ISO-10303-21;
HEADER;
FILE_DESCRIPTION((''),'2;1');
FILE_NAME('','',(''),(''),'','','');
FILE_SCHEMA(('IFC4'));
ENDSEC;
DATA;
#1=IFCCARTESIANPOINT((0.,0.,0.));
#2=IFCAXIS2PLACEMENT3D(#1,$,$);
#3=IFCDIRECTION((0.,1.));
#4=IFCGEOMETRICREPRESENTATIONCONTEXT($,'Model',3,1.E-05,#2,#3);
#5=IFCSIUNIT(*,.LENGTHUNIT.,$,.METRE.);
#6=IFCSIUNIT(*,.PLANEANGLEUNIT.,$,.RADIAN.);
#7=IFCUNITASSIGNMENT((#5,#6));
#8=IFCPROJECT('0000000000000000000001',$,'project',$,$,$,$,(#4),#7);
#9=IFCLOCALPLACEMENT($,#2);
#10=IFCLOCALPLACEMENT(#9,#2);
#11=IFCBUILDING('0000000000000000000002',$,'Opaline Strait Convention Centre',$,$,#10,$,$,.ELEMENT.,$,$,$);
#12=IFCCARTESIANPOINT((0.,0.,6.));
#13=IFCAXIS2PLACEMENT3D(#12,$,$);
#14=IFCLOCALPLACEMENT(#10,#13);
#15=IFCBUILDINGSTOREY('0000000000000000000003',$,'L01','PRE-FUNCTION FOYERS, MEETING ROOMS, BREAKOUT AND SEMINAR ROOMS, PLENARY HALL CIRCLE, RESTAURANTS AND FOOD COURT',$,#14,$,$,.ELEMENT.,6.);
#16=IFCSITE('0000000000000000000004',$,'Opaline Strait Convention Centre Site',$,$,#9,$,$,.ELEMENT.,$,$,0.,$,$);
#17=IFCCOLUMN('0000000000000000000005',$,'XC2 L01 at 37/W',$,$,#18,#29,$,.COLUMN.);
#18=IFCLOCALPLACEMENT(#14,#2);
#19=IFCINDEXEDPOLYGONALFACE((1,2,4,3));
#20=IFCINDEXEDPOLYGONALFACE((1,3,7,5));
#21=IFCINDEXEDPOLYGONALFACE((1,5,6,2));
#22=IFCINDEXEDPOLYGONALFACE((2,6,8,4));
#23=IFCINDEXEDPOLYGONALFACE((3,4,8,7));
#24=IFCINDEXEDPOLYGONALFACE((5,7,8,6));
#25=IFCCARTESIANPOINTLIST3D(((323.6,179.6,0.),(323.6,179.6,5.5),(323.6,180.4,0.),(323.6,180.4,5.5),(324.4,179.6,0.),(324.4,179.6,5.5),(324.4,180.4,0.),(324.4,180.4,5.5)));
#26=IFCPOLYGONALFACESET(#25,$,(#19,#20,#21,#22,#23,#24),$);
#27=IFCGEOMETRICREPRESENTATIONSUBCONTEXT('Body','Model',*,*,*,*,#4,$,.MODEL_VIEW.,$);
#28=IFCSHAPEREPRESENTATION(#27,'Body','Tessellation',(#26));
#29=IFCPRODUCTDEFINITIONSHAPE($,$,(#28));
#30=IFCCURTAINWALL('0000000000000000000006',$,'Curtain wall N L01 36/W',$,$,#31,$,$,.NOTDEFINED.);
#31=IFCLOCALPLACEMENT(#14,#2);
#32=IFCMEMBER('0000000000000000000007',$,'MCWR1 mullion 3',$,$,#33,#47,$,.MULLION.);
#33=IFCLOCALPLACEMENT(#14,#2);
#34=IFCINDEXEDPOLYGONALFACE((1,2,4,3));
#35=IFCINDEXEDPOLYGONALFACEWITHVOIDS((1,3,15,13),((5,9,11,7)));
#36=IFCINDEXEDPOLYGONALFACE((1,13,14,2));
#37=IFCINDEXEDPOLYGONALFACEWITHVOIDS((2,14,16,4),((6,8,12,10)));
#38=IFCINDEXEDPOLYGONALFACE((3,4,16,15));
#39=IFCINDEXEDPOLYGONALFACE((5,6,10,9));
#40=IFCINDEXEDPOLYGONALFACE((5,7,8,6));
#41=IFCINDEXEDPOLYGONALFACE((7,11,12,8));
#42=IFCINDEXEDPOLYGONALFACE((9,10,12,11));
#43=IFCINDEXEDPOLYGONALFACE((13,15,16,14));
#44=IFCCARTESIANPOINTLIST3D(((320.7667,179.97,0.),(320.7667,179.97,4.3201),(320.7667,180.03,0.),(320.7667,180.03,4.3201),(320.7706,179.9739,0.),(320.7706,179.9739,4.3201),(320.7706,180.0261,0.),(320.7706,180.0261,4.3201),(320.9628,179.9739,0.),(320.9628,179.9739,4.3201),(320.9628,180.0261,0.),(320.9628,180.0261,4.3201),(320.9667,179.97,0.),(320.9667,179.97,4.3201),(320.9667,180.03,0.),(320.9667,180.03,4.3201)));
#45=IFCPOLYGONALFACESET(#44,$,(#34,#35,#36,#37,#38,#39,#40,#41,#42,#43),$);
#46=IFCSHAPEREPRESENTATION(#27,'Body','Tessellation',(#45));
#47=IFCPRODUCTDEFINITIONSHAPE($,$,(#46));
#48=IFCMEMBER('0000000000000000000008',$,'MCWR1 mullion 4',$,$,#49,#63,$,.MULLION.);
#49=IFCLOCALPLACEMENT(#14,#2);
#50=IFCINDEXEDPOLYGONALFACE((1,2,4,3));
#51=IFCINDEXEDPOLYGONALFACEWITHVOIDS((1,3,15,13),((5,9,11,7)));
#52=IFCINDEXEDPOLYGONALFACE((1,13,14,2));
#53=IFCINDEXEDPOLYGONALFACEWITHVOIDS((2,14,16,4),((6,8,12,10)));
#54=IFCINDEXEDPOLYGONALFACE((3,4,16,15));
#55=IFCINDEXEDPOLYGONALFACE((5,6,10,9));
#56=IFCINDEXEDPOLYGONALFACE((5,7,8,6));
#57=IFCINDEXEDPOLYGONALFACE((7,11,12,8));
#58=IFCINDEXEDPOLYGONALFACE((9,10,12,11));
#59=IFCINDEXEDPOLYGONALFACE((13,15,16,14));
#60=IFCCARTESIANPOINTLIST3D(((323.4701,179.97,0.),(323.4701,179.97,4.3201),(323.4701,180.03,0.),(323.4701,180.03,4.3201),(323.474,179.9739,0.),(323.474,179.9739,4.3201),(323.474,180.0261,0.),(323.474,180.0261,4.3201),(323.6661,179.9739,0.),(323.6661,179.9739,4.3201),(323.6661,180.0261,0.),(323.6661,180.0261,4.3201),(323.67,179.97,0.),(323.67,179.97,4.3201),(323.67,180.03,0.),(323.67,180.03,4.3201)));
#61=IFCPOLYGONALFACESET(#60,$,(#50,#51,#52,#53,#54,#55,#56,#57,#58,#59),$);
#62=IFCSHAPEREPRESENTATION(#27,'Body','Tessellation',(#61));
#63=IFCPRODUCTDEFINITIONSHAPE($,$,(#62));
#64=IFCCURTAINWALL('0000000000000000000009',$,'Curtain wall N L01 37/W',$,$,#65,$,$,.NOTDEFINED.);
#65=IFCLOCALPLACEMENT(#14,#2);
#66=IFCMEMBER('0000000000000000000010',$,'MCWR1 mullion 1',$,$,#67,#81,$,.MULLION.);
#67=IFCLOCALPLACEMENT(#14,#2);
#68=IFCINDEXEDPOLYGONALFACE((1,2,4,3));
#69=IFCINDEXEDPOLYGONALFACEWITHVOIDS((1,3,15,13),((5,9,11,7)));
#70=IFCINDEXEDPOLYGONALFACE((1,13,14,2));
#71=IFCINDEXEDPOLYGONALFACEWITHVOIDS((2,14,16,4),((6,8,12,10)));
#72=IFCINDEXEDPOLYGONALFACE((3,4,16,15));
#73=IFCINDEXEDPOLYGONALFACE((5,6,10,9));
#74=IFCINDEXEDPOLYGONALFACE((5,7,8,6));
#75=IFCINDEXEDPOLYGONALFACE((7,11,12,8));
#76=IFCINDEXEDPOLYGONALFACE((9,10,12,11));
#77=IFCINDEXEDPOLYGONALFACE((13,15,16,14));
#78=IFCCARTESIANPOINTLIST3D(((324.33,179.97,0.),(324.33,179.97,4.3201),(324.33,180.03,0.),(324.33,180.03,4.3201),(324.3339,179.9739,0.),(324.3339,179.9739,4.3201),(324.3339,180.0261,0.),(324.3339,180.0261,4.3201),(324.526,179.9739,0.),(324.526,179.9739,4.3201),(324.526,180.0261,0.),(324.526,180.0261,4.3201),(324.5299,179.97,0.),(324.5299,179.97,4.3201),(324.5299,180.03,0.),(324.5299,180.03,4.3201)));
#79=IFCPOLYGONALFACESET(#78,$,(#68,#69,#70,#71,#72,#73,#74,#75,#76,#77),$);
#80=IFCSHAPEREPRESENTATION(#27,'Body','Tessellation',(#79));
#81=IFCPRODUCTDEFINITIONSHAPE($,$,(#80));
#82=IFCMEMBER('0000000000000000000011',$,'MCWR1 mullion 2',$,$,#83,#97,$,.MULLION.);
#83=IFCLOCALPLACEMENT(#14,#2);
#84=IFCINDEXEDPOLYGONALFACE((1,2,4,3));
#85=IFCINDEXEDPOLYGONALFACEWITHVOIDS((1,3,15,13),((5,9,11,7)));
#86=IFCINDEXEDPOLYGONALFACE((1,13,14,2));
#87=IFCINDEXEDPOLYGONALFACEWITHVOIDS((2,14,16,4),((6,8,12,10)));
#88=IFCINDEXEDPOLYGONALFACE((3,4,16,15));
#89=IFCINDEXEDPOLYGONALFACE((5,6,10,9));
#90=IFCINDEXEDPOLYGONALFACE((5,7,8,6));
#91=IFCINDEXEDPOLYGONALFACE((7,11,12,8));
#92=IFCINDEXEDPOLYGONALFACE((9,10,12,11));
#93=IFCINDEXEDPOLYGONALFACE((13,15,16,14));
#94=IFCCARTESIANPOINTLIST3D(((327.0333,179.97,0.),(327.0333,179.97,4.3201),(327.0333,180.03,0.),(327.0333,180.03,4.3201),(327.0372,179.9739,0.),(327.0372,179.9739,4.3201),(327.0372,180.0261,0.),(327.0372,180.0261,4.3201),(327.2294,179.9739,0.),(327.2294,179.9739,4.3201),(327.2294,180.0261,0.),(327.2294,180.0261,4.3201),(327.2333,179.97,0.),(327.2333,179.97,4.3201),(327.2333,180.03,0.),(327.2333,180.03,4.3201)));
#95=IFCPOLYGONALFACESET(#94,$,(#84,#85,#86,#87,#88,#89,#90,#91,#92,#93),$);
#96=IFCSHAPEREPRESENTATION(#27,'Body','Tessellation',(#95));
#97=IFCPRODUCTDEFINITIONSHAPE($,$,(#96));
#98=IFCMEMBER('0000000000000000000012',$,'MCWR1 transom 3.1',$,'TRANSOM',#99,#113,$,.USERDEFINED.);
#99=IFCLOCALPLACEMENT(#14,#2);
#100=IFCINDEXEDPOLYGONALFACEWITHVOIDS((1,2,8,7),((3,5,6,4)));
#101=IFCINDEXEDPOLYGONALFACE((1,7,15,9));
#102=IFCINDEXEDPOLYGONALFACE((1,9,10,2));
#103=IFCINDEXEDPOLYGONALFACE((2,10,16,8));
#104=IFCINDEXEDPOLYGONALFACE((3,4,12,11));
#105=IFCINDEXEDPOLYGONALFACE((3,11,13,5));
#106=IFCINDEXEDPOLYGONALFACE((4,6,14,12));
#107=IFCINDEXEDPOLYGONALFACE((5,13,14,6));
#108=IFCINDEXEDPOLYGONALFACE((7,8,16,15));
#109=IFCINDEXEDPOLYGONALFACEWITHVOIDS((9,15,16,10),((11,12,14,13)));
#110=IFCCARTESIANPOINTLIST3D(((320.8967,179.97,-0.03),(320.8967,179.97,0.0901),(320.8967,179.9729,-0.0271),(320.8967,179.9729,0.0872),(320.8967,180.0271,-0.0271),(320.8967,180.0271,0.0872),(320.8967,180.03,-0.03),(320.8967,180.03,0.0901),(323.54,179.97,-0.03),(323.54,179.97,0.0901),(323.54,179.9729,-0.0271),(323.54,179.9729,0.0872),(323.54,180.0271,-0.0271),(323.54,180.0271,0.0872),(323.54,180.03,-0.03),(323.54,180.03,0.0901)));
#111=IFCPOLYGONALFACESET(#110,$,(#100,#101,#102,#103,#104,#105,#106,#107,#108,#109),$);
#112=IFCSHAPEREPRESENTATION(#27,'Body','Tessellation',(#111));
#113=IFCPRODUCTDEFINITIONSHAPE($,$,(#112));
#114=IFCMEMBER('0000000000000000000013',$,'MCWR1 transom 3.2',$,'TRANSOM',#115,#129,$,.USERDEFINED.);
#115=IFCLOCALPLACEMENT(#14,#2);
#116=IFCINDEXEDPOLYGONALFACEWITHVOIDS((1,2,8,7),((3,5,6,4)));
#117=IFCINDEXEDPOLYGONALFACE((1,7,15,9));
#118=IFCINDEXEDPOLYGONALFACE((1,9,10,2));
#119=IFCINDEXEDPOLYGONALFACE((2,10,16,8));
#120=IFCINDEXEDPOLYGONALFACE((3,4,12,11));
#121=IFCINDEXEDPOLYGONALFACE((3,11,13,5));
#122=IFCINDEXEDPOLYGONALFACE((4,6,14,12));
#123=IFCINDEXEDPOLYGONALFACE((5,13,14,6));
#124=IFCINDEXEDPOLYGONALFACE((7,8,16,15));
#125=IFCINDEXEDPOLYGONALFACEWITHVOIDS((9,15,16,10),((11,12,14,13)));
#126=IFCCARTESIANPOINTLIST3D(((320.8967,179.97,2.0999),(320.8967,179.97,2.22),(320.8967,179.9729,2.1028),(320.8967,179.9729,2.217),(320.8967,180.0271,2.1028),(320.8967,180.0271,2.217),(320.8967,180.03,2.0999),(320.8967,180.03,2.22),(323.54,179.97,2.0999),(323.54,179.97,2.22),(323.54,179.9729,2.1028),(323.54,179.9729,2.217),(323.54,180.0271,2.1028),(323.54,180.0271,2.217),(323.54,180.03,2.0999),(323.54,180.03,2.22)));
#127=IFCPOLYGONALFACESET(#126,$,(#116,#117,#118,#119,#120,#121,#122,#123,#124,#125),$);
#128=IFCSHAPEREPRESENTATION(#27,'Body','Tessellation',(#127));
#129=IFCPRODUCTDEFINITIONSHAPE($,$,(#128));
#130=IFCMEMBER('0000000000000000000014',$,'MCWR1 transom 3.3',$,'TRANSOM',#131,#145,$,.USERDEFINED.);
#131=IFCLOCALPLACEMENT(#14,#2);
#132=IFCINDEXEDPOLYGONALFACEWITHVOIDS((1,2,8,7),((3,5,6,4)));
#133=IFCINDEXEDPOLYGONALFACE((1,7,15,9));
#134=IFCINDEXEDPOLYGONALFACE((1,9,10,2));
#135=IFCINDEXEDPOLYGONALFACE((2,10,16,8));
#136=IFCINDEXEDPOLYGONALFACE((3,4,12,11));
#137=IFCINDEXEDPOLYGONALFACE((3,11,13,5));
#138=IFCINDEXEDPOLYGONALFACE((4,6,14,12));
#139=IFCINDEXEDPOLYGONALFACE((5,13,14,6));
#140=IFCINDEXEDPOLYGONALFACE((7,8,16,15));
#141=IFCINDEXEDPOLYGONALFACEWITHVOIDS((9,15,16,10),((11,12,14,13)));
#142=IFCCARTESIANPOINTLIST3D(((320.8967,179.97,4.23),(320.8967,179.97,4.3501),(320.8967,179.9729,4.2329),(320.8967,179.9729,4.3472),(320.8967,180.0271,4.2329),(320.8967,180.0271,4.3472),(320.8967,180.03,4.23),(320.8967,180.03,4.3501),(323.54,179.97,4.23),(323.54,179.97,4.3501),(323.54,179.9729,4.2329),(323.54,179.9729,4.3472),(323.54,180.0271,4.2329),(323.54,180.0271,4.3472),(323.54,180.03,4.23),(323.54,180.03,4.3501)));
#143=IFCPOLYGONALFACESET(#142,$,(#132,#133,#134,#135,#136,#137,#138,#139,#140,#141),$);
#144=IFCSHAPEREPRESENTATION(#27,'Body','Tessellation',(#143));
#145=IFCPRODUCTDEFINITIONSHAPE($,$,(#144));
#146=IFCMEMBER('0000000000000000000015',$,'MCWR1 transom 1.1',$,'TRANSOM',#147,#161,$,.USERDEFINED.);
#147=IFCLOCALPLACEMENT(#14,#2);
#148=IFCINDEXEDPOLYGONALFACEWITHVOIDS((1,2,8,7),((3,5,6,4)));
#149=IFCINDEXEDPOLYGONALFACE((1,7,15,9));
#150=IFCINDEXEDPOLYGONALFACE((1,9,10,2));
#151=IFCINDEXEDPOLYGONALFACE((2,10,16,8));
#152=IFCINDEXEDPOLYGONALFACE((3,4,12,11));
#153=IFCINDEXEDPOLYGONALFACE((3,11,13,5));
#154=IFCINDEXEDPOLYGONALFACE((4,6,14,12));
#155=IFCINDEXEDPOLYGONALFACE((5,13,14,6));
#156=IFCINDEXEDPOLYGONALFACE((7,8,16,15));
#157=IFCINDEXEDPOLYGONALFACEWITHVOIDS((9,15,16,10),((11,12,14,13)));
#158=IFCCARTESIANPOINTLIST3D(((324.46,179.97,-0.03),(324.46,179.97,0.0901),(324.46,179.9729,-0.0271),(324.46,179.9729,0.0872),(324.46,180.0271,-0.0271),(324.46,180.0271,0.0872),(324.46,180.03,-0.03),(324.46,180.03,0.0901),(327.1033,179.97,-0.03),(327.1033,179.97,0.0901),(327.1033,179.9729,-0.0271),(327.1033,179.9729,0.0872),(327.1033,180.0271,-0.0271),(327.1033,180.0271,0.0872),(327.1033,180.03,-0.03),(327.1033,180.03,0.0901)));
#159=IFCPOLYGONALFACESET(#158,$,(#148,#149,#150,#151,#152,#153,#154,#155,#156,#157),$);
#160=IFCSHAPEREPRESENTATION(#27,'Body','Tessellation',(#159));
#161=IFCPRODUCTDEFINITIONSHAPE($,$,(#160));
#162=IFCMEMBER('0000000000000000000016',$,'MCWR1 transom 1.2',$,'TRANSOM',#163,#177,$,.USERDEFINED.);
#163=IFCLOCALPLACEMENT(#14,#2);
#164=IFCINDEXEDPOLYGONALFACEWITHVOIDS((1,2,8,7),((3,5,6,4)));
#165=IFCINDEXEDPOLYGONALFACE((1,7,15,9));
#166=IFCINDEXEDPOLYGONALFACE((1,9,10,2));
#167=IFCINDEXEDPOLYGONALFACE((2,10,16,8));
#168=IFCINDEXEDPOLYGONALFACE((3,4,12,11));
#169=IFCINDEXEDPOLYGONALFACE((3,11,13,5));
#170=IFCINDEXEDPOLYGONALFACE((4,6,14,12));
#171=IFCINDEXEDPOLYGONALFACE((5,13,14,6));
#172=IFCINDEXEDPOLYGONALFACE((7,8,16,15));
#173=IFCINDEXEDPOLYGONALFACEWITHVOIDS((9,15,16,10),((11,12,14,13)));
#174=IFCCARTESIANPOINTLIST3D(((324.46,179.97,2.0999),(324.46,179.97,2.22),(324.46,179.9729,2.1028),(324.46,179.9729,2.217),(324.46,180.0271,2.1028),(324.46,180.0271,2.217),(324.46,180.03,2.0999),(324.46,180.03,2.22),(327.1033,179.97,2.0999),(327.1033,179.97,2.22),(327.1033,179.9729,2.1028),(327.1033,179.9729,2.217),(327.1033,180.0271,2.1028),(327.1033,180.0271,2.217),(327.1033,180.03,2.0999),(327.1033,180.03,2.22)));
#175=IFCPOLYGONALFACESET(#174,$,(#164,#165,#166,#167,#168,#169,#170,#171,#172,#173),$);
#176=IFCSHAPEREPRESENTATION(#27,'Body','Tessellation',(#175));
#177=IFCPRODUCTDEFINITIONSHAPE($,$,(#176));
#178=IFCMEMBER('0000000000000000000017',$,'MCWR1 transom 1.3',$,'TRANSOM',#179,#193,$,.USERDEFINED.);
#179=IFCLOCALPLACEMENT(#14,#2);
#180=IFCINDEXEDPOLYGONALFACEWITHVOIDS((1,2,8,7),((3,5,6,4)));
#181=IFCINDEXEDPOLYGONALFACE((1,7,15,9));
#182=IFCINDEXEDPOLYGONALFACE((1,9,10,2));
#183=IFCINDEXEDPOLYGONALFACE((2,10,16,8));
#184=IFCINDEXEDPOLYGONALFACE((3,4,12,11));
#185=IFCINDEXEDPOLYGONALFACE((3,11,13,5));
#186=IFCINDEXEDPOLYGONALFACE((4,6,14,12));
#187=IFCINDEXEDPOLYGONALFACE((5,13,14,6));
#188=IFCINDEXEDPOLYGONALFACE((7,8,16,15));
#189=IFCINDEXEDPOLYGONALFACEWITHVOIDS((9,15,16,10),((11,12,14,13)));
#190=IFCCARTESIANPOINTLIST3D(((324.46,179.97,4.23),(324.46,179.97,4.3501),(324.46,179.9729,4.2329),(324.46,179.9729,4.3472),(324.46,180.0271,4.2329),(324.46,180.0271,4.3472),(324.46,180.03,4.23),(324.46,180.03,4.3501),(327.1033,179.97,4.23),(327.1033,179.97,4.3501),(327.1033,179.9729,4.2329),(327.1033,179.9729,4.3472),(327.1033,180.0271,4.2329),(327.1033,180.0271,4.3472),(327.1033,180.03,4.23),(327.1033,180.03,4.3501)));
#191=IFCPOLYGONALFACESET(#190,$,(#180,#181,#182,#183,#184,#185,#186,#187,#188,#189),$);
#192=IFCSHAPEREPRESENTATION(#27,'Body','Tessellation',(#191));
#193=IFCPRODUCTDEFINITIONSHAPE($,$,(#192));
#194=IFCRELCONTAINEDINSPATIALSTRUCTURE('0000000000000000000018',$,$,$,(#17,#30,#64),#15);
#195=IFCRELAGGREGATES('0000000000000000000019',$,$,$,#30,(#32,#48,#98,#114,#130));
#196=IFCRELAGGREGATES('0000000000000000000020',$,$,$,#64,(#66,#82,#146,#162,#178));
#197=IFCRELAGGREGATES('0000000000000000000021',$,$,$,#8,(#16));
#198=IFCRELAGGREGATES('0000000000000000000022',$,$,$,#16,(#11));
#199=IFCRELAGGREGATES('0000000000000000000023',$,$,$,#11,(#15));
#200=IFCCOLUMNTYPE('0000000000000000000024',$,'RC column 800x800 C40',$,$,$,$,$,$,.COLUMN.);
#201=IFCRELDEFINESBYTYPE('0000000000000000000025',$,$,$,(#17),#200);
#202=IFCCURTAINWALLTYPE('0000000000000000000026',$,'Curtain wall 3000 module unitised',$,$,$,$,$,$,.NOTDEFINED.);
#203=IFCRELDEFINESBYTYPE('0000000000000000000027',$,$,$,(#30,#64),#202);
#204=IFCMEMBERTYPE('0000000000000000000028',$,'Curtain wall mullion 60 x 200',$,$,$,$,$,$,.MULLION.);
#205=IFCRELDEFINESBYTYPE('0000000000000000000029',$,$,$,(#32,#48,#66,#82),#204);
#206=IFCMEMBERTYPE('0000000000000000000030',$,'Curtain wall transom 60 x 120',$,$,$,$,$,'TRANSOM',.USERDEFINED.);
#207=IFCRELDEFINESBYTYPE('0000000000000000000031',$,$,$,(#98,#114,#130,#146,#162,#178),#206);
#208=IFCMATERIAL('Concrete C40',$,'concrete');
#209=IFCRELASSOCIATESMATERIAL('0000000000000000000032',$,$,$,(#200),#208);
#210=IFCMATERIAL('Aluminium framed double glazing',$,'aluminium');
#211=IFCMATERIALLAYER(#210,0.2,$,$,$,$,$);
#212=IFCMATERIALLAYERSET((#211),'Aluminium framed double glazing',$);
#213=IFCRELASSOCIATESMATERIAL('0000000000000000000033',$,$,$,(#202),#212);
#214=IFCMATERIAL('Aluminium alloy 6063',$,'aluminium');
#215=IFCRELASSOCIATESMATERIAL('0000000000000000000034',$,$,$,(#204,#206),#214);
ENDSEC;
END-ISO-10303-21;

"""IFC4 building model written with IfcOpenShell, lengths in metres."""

from ifc_helpers import new_model, si_unit, direction, frame, origin, origin_2d, place, context, subcontext, project, spatial, rectangle, hollow_rectangle, extrude, material, layer, layer_set, material_profile, profile_set, type_object, element, aggregate, save


model = new_model("IFC4")

# Units and contexts
model_context = context("Model", 3, precision=1e-05, world=origin(), true_north=direction((0.0, 1.0)))
body_context = subcontext(model_context, "Body", "Model", "MODEL_VIEW")
ifc_project = project(units=[si_unit("LENGTHUNIT", "METRE"), si_unit("PLANEANGLEUNIT", "RADIAN")], contexts=[model_context])

# Site, building, storey
site_placement = place(None, origin())
site = spatial("IfcSite", under=ifc_project, at=site_placement, Name="Opaline Strait Convention Centre Site", CompositionType="ELEMENT", RefElevation=0.0)
building_placement = place(site_placement, origin())
building = spatial("IfcBuilding", under=site, at=building_placement, Name="Opaline Strait Convention Centre", CompositionType="ELEMENT")
storey_placement = place(building_placement, frame((0.0, 0.0, 6.0)))
storey = spatial("IfcBuildingStorey", under=building, at=storey_placement, Name="L01", Description="PRE-FUNCTION FOYERS, MEETING ROOMS, BREAKOUT AND SEMINAR ROOMS, PLENARY HALL CIRCLE, RESTAURANTS AND FOOD COURT", CompositionType="ELEMENT", Elevation=6.0)

# Column
ifc_material_1 = material(Name="Concrete C40", Category="concrete")
ifc_material_profile_1 = material_profile(ifc_material_1, rectangle(XDim=0.8, YDim=0.8, at=origin_2d()), Name="RC 800x800")
ifc_profile_set_1 = profile_set([ifc_material_profile_1], Name="Concrete C40")
column_type = type_object("IfcColumnType", Name="RC column 800x800 C40", PredefinedType="COLUMN", material=ifc_profile_set_1)
column_placement = place(storey_placement, frame((324.0, 180.0, 0.0), z_axis=(0.0, 0.0, 1.0), x_axis=(1.0, 0.0, 0.0)))
element("IfcColumn", 1, at=column_placement, inside=storey, type_object=column_type, Name="XC2 L01 at 37/W", PredefinedType="COLUMN", context=body_context, shape_type="SweptSolid", body=[
    extrude(rectangle(XDim=0.8, YDim=0.8, at=origin_2d()), origin(), (0.0, 0.0, 1.0), 5.5),
])

# Curtain walls, members
ifc_material_2 = material(Name="Aluminium framed double glazing", Category="aluminium")
ifc_layer_1 = layer(ifc_material_2, 0.2)
ifc_layer_set_1 = layer_set([ifc_layer_1], Name="Aluminium framed double glazing")
curtain_wall_type = type_object("IfcCurtainWallType", Name="Curtain wall 3000 module unitised", PredefinedType="NOTDEFINED", material=ifc_layer_set_1)
curtain_wall_1_placement = place(storey_placement, origin())
curtain_wall_1 = element("IfcCurtainWall", 2, at=curtain_wall_1_placement, inside=storey, type_object=curtain_wall_type, Name="Curtain wall N L01 36/W", PredefinedType="NOTDEFINED")
ifc_material_3 = material(Name="Aluminium alloy 6063", Category="aluminium")
ifc_material_profile_2 = material_profile(ifc_material_3, hollow_rectangle(XDim=0.0601, YDim=0.2, WallThickness=0.0039, at=origin_2d()), Name="MULLION 60x200x4")
ifc_profile_set_2 = profile_set([ifc_material_profile_2], Name="Aluminium alloy 6063")
member_type_1 = type_object("IfcMemberType", Name="Curtain wall mullion 60 x 200", PredefinedType="MULLION", material=ifc_profile_set_2)
member_1_placement = place(storey_placement, frame((320.8667, 180.0, 0.0), z_axis=(0.0, 0.0, 1.0), x_axis=(0.0, 1.0, 0.0)))
member_1 = element("IfcMember", 3, at=member_1_placement, type_object=member_type_1, Name="MCWR1 mullion 3", PredefinedType="MULLION", context=body_context, shape_type="SweptSolid", body=[
    extrude(hollow_rectangle(XDim=0.0601, YDim=0.2, WallThickness=0.0039, at=origin_2d()), origin(), (0.0, 0.0, 1.0), 4.3201),
])
member_2_placement = place(storey_placement, frame((323.5701, 180.0, 0.0), z_axis=(0.0, 0.0, 1.0), x_axis=(0.0, 1.0, 0.0)))
member_2 = element("IfcMember", 4, at=member_2_placement, type_object=member_type_1, Name="MCWR1 mullion 4", PredefinedType="MULLION", context=body_context, shape_type="SweptSolid", body=[
    extrude(hollow_rectangle(XDim=0.0601, YDim=0.2, WallThickness=0.0039, at=origin_2d()), origin(), (0.0, 0.0, 1.0), 4.3201),
])
curtain_wall_2_placement = place(storey_placement, origin())
curtain_wall_2 = element("IfcCurtainWall", 5, at=curtain_wall_2_placement, inside=storey, type_object=curtain_wall_type, Name="Curtain wall N L01 37/W", PredefinedType="NOTDEFINED")
member_3_placement = place(storey_placement, frame((324.4299, 180.0, 0.0), z_axis=(0.0, 0.0, 1.0), x_axis=(0.0, 1.0, 0.0)))
member_3 = element("IfcMember", 6, at=member_3_placement, type_object=member_type_1, Name="MCWR1 mullion 1", PredefinedType="MULLION", context=body_context, shape_type="SweptSolid", body=[
    extrude(hollow_rectangle(XDim=0.0601, YDim=0.2, WallThickness=0.0039, at=origin_2d()), origin(), (0.0, 0.0, 1.0), 4.3201),
])
member_4_placement = place(storey_placement, frame((327.1333, 180.0, 0.0), z_axis=(0.0, 0.0, 1.0), x_axis=(0.0, 1.0, 0.0)))
member_4 = element("IfcMember", 7, at=member_4_placement, type_object=member_type_1, Name="MCWR1 mullion 2", PredefinedType="MULLION", context=body_context, shape_type="SweptSolid", body=[
    extrude(hollow_rectangle(XDim=0.0601, YDim=0.2, WallThickness=0.0039, at=origin_2d()), origin(), (0.0, 0.0, 1.0), 4.3201),
])

# Members
ifc_material_profile_3 = material_profile(ifc_material_3, hollow_rectangle(XDim=0.0601, YDim=0.1201, WallThickness=0.0029, at=origin_2d()), Name="TRANSOM 60x120x3")
ifc_profile_set_3 = profile_set([ifc_material_profile_3], Name="Aluminium alloy 6063")
member_type_2 = type_object("IfcMemberType", Name="Curtain wall transom 60 x 120", ElementType="TRANSOM", PredefinedType="USERDEFINED", material=ifc_profile_set_3)
member_5_placement = place(storey_placement, frame((320.8967, 180.0, 0.03), z_axis=(1.0, 0.0, 0.0), x_axis=(0.0, 1.0, 0.0)))
member_5 = element("IfcMember", 8, at=member_5_placement, type_object=member_type_2, Name="MCWR1 transom 3.1", ObjectType="TRANSOM", PredefinedType="USERDEFINED", context=body_context, shape_type="SweptSolid", body=[
    extrude(hollow_rectangle(XDim=0.0601, YDim=0.1201, WallThickness=0.0029, at=origin_2d()), origin(), (0.0, 0.0, 1.0), 2.6433),
])
member_6_placement = place(storey_placement, frame((320.8967, 180.0, 2.1599), z_axis=(1.0, 0.0, 0.0), x_axis=(0.0, 1.0, 0.0)))
member_6 = element("IfcMember", 9, at=member_6_placement, type_object=member_type_2, Name="MCWR1 transom 3.2", ObjectType="TRANSOM", PredefinedType="USERDEFINED", context=body_context, shape_type="SweptSolid", body=[
    extrude(hollow_rectangle(XDim=0.0601, YDim=0.1201, WallThickness=0.0029, at=origin_2d()), origin(), (0.0, 0.0, 1.0), 2.6433),
])
member_7_placement = place(storey_placement, frame((320.8967, 180.0, 4.29), z_axis=(1.0, 0.0, 0.0), x_axis=(0.0, 1.0, 0.0)))
member_7 = element("IfcMember", 10, at=member_7_placement, type_object=member_type_2, Name="MCWR1 transom 3.3", ObjectType="TRANSOM", PredefinedType="USERDEFINED", context=body_context, shape_type="SweptSolid", body=[
    extrude(hollow_rectangle(XDim=0.0601, YDim=0.1201, WallThickness=0.0029, at=origin_2d()), origin(), (0.0, 0.0, 1.0), 2.6433),
])
member_8_placement = place(storey_placement, frame((324.46, 180.0, 0.03), z_axis=(1.0, 0.0, 0.0), x_axis=(0.0, 1.0, 0.0)))
member_8 = element("IfcMember", 11, at=member_8_placement, type_object=member_type_2, Name="MCWR1 transom 1.1", ObjectType="TRANSOM", PredefinedType="USERDEFINED", context=body_context, shape_type="SweptSolid", body=[
    extrude(hollow_rectangle(XDim=0.0601, YDim=0.1201, WallThickness=0.0029, at=origin_2d()), origin(), (0.0, 0.0, 1.0), 2.6433),
])
member_9_placement = place(storey_placement, frame((324.46, 180.0, 2.1599), z_axis=(1.0, 0.0, 0.0), x_axis=(0.0, 1.0, 0.0)))
member_9 = element("IfcMember", 12, at=member_9_placement, type_object=member_type_2, Name="MCWR1 transom 1.2", ObjectType="TRANSOM", PredefinedType="USERDEFINED", context=body_context, shape_type="SweptSolid", body=[
    extrude(hollow_rectangle(XDim=0.0601, YDim=0.1201, WallThickness=0.0029, at=origin_2d()), origin(), (0.0, 0.0, 1.0), 2.6433),
])
member_10_placement = place(storey_placement, frame((324.46, 180.0, 4.29), z_axis=(1.0, 0.0, 0.0), x_axis=(0.0, 1.0, 0.0)))
member_10 = element("IfcMember", 13, at=member_10_placement, type_object=member_type_2, Name="MCWR1 transom 1.3", ObjectType="TRANSOM", PredefinedType="USERDEFINED", context=body_context, shape_type="SweptSolid", body=[
    extrude(hollow_rectangle(XDim=0.0601, YDim=0.1201, WallThickness=0.0029, at=origin_2d()), origin(), (0.0, 0.0, 1.0), 2.6433),
])

aggregate(curtain_wall_1, [member_1, member_2, member_5, member_6, member_7])
aggregate(curtain_wall_2, [member_3, member_4, member_8, member_9, member_10])

save(model, "model.ifc")
